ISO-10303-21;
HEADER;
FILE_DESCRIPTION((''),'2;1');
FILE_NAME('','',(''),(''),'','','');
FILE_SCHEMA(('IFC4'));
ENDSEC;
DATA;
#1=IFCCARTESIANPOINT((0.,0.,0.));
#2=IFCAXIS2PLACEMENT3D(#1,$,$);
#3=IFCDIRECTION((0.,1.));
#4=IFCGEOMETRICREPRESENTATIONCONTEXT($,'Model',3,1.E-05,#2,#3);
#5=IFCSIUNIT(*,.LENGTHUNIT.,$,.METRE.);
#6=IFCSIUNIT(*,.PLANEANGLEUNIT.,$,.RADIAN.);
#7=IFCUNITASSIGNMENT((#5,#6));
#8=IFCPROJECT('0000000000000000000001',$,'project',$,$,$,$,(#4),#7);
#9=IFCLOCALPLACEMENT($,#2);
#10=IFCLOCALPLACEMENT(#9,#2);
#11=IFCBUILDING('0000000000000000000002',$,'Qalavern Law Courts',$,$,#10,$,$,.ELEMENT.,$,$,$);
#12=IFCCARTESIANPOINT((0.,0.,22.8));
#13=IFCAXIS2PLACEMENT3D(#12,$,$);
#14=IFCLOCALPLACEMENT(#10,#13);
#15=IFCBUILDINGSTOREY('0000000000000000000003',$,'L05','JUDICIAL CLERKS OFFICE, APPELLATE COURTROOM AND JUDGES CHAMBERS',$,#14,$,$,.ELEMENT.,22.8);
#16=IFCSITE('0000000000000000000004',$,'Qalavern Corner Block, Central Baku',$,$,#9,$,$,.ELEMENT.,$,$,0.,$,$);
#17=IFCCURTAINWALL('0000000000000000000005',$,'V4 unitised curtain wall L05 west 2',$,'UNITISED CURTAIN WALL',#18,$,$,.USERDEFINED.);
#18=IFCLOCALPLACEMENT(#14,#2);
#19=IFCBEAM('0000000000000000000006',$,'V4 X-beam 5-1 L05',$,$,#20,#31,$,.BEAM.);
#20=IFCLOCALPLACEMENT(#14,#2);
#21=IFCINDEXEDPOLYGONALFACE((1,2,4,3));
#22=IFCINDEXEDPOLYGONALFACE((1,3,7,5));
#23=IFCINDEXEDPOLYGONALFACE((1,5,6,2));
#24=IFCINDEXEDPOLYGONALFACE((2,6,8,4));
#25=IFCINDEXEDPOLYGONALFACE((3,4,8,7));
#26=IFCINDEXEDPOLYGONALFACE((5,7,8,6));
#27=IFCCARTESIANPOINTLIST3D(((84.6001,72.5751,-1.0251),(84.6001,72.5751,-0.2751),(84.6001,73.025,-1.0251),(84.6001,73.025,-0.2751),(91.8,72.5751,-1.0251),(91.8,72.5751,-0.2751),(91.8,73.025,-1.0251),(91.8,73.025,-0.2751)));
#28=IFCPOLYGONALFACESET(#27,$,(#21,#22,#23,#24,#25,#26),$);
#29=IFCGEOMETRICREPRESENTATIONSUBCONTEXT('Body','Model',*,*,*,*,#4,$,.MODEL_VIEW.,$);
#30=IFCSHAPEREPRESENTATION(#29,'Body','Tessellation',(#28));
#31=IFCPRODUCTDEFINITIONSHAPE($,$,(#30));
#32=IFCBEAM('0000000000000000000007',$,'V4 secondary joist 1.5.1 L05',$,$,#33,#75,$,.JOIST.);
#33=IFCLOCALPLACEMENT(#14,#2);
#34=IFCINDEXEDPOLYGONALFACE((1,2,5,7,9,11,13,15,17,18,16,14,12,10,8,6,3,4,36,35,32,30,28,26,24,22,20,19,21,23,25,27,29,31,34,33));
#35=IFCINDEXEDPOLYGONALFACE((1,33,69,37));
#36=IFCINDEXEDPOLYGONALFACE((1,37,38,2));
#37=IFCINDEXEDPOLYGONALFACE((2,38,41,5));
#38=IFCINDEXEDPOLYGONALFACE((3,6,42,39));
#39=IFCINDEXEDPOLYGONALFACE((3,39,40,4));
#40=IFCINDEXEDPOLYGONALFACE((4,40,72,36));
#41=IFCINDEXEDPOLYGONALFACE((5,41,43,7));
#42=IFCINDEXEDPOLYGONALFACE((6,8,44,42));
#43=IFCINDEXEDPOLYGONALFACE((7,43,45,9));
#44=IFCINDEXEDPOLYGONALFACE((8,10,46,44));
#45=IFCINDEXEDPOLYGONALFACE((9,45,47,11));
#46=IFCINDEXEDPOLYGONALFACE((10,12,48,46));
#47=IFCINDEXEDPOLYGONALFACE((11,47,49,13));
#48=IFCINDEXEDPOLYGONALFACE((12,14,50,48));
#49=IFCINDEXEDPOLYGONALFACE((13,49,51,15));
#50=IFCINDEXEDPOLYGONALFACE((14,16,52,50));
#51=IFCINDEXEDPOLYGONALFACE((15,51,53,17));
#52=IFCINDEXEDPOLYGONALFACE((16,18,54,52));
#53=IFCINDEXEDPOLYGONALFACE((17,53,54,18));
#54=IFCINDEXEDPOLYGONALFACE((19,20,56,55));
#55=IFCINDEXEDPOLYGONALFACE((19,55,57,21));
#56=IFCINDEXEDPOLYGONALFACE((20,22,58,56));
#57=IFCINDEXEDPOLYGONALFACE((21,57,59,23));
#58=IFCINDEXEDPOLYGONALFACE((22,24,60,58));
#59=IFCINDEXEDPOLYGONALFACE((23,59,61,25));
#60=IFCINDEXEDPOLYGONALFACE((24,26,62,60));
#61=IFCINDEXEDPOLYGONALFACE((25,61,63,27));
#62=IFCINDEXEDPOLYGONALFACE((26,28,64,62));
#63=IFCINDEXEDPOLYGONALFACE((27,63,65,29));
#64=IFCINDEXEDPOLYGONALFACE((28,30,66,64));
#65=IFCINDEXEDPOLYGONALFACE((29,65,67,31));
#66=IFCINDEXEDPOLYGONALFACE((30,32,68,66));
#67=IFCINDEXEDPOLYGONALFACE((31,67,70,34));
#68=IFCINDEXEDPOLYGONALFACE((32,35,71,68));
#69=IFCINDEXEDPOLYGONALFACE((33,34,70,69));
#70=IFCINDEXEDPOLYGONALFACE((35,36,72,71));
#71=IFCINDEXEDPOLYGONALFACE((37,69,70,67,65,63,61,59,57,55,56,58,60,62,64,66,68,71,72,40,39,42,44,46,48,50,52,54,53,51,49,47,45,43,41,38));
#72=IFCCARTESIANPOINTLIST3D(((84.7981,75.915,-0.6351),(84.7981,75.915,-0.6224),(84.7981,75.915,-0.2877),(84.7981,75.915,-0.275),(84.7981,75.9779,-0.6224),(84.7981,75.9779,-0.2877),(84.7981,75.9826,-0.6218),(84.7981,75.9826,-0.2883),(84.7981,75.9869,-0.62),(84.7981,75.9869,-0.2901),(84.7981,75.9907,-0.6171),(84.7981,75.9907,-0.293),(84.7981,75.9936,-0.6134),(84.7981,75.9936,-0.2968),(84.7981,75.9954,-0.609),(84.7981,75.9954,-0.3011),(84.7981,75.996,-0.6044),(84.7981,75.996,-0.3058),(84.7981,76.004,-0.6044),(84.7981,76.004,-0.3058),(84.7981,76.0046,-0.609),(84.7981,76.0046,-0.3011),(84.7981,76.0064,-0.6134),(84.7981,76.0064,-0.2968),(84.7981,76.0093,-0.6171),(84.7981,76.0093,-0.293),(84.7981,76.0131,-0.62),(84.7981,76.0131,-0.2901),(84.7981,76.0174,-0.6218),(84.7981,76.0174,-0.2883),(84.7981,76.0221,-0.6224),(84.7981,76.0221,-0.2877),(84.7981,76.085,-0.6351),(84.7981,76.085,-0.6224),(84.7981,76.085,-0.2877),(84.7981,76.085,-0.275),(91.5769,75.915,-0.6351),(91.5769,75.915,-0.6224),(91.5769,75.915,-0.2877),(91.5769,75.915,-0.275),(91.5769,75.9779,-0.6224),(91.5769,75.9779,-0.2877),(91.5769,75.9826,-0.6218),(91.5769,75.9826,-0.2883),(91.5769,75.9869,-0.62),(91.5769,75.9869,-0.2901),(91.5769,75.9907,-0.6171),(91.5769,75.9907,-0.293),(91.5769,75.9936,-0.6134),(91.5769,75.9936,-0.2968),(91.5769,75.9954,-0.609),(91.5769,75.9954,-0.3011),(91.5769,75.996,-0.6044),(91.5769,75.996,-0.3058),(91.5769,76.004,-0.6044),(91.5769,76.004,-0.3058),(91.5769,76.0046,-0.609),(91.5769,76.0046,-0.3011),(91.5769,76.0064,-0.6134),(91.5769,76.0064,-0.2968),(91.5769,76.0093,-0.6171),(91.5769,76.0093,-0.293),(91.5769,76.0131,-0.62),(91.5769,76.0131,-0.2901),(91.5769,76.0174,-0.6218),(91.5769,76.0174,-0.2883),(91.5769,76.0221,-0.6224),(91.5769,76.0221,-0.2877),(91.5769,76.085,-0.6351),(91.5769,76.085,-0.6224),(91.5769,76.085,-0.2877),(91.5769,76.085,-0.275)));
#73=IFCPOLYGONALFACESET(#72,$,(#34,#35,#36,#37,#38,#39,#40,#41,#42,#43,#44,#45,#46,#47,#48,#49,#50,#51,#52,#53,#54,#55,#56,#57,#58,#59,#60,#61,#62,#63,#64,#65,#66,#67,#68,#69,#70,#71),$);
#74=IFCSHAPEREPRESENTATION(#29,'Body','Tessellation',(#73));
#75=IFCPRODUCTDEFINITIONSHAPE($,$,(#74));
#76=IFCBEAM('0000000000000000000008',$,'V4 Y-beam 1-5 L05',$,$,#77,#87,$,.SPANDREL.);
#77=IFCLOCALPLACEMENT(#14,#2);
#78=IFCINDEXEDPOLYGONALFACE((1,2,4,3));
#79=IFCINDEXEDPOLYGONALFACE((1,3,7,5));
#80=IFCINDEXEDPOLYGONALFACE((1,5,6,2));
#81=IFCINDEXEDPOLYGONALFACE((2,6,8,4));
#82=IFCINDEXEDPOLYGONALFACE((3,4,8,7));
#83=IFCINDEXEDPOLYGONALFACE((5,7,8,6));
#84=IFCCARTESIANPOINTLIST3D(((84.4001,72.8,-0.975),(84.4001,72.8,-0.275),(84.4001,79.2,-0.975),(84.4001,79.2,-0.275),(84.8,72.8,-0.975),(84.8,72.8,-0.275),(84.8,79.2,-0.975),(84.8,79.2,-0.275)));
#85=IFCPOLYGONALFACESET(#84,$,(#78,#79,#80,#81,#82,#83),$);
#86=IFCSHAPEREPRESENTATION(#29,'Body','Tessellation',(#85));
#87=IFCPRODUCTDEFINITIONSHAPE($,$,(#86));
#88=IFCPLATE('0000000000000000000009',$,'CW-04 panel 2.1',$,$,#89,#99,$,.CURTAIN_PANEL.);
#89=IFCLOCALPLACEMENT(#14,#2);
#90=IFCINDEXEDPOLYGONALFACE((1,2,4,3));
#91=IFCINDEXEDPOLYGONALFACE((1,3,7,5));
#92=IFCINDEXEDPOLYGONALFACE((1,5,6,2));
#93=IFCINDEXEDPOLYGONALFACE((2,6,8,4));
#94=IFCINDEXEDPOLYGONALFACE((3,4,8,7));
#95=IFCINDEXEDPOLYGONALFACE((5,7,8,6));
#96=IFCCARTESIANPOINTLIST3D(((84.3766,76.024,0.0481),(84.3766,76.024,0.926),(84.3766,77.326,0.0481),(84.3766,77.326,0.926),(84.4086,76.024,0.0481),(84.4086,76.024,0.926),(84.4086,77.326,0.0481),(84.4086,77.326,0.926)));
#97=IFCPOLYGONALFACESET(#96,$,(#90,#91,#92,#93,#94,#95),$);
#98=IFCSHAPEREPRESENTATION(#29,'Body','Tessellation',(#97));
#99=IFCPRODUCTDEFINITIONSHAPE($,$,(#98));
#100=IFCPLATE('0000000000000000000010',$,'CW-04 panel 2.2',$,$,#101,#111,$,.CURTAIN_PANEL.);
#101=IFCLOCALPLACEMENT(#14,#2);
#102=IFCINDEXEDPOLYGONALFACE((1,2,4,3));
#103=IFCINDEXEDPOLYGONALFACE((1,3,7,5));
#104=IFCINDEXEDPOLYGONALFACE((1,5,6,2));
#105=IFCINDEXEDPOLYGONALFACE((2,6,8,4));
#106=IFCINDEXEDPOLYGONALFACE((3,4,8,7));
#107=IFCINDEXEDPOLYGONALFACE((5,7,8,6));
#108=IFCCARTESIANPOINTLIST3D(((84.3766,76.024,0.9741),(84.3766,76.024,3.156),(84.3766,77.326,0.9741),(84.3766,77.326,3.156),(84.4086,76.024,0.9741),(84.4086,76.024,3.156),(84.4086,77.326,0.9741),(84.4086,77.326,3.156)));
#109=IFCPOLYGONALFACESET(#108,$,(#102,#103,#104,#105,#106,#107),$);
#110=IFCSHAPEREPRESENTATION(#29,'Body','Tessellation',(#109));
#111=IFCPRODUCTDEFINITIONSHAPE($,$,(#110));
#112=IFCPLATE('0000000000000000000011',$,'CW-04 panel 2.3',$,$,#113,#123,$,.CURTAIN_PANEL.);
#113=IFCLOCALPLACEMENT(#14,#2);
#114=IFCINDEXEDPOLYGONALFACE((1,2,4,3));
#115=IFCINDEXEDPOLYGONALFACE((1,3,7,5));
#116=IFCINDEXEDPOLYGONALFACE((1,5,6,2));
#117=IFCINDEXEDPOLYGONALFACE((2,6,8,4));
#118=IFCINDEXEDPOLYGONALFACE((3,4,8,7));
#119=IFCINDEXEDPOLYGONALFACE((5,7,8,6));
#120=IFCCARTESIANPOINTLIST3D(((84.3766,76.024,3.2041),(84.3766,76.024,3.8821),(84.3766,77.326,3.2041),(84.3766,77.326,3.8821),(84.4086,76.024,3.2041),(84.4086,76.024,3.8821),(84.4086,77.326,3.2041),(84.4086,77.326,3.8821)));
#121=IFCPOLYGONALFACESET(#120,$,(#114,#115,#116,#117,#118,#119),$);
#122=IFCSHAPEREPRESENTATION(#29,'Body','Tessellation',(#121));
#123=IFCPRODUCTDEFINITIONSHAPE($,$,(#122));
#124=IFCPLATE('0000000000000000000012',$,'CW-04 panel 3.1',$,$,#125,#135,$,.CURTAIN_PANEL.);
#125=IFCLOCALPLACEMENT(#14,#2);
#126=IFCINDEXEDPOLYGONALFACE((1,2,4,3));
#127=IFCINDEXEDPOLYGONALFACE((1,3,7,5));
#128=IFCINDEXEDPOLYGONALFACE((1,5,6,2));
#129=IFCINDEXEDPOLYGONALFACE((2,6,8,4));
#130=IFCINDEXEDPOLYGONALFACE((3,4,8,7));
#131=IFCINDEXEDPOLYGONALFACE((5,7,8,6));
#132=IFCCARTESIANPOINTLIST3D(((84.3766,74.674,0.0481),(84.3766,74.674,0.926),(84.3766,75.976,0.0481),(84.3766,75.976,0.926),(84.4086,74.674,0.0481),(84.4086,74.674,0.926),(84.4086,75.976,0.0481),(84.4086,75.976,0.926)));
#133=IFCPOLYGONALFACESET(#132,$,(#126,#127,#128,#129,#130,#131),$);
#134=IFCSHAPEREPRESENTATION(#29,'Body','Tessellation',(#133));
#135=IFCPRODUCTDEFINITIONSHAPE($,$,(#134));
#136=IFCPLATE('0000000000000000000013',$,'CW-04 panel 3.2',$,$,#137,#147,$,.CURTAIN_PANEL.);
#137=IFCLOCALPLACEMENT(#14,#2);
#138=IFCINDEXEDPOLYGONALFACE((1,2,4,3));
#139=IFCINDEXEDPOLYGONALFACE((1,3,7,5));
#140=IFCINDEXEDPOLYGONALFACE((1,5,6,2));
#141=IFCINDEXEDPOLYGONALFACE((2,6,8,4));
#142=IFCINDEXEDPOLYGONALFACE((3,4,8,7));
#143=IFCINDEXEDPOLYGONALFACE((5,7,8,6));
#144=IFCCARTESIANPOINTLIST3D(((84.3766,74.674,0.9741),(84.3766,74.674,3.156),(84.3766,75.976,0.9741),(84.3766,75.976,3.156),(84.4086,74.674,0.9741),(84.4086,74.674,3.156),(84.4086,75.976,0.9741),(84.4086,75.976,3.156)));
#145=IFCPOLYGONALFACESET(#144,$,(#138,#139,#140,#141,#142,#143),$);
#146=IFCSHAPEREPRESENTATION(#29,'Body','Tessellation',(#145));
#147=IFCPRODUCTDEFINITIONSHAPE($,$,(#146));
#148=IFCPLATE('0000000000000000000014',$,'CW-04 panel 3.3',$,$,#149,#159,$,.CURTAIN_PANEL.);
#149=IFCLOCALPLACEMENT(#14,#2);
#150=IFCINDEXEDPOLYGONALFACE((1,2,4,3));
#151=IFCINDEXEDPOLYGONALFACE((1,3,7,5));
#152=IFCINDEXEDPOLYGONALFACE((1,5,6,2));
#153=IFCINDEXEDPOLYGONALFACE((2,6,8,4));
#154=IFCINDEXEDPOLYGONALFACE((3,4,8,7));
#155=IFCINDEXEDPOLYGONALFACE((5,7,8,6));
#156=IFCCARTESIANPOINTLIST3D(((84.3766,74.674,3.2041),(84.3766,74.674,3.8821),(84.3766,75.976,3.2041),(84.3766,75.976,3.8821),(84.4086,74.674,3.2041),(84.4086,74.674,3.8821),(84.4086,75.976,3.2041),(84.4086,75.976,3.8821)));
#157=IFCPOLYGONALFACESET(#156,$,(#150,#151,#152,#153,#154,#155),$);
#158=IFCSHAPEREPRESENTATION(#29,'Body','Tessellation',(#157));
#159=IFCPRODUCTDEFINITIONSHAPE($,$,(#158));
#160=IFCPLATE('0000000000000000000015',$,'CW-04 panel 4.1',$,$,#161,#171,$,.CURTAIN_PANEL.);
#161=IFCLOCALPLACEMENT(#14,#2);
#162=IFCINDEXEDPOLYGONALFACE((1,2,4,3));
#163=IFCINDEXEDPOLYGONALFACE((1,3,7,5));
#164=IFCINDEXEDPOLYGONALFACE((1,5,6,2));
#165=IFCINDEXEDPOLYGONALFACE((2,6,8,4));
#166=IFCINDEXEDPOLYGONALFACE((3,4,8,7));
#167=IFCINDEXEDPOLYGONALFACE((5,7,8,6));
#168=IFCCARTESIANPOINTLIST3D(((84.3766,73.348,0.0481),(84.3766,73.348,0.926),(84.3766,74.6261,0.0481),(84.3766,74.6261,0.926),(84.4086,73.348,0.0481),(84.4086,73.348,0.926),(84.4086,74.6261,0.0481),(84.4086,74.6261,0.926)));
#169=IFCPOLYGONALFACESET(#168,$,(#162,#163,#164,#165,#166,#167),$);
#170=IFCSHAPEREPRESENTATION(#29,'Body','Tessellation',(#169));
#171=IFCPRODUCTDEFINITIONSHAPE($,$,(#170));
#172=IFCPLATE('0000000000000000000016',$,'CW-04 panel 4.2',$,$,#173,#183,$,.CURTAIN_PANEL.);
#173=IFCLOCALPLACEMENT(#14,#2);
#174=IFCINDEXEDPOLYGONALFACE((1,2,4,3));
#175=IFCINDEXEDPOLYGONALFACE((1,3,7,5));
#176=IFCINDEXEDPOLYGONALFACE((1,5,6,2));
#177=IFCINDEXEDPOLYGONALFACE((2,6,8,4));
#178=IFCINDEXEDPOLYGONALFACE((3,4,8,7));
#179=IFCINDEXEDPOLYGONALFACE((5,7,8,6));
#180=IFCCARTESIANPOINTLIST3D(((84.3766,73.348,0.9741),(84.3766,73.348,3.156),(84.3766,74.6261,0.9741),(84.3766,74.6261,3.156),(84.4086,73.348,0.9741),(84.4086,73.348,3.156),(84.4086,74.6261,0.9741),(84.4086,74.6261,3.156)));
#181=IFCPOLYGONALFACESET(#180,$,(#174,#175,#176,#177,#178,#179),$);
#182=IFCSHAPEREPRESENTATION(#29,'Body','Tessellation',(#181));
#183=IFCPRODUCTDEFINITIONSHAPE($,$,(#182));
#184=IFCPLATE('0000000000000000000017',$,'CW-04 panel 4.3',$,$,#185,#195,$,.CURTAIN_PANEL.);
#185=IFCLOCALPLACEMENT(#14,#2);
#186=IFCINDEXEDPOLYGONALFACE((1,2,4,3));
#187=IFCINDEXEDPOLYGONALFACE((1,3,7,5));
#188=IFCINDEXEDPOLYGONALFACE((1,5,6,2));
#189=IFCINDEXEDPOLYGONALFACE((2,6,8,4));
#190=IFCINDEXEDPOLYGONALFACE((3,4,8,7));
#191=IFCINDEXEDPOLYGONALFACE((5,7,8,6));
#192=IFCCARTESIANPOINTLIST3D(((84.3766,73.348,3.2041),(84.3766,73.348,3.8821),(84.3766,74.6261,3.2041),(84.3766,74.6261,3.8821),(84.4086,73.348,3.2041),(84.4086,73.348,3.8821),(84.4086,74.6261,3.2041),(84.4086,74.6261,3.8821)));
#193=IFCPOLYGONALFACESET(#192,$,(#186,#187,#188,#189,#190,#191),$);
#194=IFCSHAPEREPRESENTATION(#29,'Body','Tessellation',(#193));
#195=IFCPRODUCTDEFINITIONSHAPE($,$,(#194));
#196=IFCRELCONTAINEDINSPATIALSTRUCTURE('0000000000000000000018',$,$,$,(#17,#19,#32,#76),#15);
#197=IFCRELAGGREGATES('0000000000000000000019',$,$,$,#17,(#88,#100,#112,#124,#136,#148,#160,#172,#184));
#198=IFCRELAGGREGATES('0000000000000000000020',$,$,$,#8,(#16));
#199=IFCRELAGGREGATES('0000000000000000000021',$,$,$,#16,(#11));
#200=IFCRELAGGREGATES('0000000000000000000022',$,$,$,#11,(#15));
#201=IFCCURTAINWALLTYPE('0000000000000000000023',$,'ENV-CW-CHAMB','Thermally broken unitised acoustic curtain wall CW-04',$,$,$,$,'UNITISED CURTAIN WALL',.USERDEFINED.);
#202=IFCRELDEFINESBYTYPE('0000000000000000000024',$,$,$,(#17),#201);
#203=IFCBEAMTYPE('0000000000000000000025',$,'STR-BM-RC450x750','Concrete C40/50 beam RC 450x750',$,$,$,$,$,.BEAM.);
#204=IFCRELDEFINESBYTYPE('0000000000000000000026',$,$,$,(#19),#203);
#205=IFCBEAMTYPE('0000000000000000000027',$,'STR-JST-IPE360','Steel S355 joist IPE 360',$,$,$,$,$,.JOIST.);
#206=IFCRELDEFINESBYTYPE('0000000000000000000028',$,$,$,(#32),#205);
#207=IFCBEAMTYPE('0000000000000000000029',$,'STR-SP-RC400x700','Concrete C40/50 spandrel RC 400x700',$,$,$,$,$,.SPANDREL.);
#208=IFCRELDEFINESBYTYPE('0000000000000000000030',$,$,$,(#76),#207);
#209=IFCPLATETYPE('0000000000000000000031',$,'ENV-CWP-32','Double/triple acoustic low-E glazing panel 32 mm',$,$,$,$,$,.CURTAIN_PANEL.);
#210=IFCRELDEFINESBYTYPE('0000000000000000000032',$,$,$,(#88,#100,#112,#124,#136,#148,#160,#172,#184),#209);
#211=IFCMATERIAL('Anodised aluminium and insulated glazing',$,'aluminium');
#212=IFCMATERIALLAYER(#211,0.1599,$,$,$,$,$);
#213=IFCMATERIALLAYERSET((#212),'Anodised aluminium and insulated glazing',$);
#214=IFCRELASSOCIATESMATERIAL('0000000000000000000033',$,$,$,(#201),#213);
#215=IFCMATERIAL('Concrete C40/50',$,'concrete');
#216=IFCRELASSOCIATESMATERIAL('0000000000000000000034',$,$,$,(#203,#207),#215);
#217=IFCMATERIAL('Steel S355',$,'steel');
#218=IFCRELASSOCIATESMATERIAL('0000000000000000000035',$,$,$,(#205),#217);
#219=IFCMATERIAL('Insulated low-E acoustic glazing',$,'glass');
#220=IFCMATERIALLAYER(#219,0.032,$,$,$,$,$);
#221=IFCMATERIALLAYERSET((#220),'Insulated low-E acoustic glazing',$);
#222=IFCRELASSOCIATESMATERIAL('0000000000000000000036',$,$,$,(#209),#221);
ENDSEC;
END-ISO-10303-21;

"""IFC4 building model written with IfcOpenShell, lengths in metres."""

from ifc_helpers import new_model, si_unit, direction, frame, origin, origin_2d, place, context, subcontext, project, spatial, rectangle, i_section, extrude, material, layer, layer_set, material_profile, profile_set, type_object, element, aggregate, save


model = new_model("IFC4")

# Units and contexts
model_context = context("Model", 3, precision=1e-05, world=origin(), true_north=direction((0.0, 1.0)))
body_context = subcontext(model_context, "Body", "Model", "MODEL_VIEW")
ifc_project = project(units=[si_unit("LENGTHUNIT", "METRE"), si_unit("PLANEANGLEUNIT", "RADIAN")], contexts=[model_context])

# Site, building, storey
site_placement = place(None, origin())
site = spatial("IfcSite", under=ifc_project, at=site_placement, Name="Qalavern Corner Block, Central Baku", CompositionType="ELEMENT", RefElevation=0.0)
building_placement = place(site_placement, origin())
building = spatial("IfcBuilding", under=site, at=building_placement, Name="Qalavern Law Courts", CompositionType="ELEMENT")
storey_placement = place(building_placement, frame((0.0, 0.0, 22.8)))
storey = spatial("IfcBuildingStorey", under=building, at=storey_placement, Name="L05", Description="JUDICIAL CLERKS OFFICE, APPELLATE COURTROOM AND JUDGES CHAMBERS", CompositionType="ELEMENT", Elevation=22.8)

# Curtain wall
ifc_material_1 = material(Name="Anodised aluminium and insulated glazing", Category="aluminium")
ifc_layer_1 = layer(ifc_material_1, 0.1599)
ifc_layer_set_1 = layer_set([ifc_layer_1], Name="Anodised aluminium and insulated glazing")
curtain_wall_type = type_object("IfcCurtainWallType", Name="ENV-CW-CHAMB", Description="Thermally broken unitised acoustic curtain wall CW-04", ElementType="UNITISED CURTAIN WALL", PredefinedType="USERDEFINED", material=ifc_layer_set_1)
curtain_wall_1_placement = place(storey_placement, origin())
curtain_wall_1 = element("IfcCurtainWall", 1, at=curtain_wall_1_placement, inside=storey, type_object=curtain_wall_type, Name="V4 unitised curtain wall L05 west 2", ObjectType="UNITISED CURTAIN WALL", PredefinedType="USERDEFINED")

# Beams
ifc_material_2 = material(Name="Concrete C40/50", Category="concrete")
ifc_material_profile_1 = material_profile(ifc_material_2, rectangle(XDim=0.45, YDim=0.75, at=origin_2d()), Name="RC 450x750")
ifc_profile_set_1 = profile_set([ifc_material_profile_1], Name="Concrete C40/50")
beam_type_1 = type_object("IfcBeamType", Name="STR-BM-RC450x750", Description="Concrete C40/50 beam RC 450x750", PredefinedType="BEAM", material=ifc_profile_set_1)
beam_1_placement = place(storey_placement, frame((84.6001, 72.8, -0.6501), z_axis=(1.0, 0.0, 0.0), x_axis=(0.0, 1.0, 0.0)))
element("IfcBeam", 2, at=beam_1_placement, inside=storey, type_object=beam_type_1, Name="V4 X-beam 5-1 L05", PredefinedType="BEAM", context=body_context, shape_type="SweptSolid", body=[
    extrude(rectangle(XDim=0.45, YDim=0.75, at=origin_2d()), origin(), (0.0, 0.0, 1.0), 7.2),
])
ifc_material_3 = material(Name="Steel S355", Category="steel")
ifc_material_profile_2 = material_profile(ifc_material_3, i_section(OverallWidth=0.1699, OverallDepth=0.3601, WebThickness=0.0081, FlangeThickness=0.0127, FilletRadius=0.0181, at=origin_2d()), Name="IPE 360")
ifc_profile_set_2 = profile_set([ifc_material_profile_2], Name="Steel S355")
beam_type_2 = type_object("IfcBeamType", Name="STR-JST-IPE360", Description="Steel S355 joist IPE 360", PredefinedType="JOIST", material=ifc_profile_set_2)
beam_2_placement = place(storey_placement, frame((84.7981, 76.0, -0.4551), z_axis=(1.0, 0.0, 0.0), x_axis=(0.0, 1.0, 0.0)))
element("IfcBeam", 3, at=beam_2_placement, inside=storey, type_object=beam_type_2, Name="V4 secondary joist 1.5.1 L05", PredefinedType="JOIST", context=body_context, shape_type="SweptSolid", body=[
    extrude(i_section(OverallWidth=0.1699, OverallDepth=0.3601, WebThickness=0.0081, FlangeThickness=0.0127, FilletRadius=0.0181, at=origin_2d()), origin(), (0.0, 0.0, 1.0), 6.7788),
])
ifc_material_profile_3 = material_profile(ifc_material_2, rectangle(XDim=0.3999, YDim=0.7, at=origin_2d()), Name="RC 400x700")
ifc_profile_set_3 = profile_set([ifc_material_profile_3], Name="Concrete C40/50")
beam_type_3 = type_object("IfcBeamType", Name="STR-SP-RC400x700", Description="Concrete C40/50 spandrel RC 400x700", PredefinedType="SPANDREL", material=ifc_profile_set_3)
beam_3_placement = place(storey_placement, frame((84.6001, 72.8, -0.625), z_axis=(0.0, 1.0, 0.0), x_axis=(-1.0, 0.0, 0.0)))
element("IfcBeam", 4, at=beam_3_placement, inside=storey, type_object=beam_type_3, Name="V4 Y-beam 1-5 L05", PredefinedType="SPANDREL", context=body_context, shape_type="SweptSolid", body=[
    extrude(rectangle(XDim=0.3999, YDim=0.7, at=origin_2d()), origin(), (0.0, 0.0, 1.0), 6.3999),
])

# Plates
ifc_material_4 = material(Name="Insulated low-E acoustic glazing", Category="glass")
ifc_layer_2 = layer(ifc_material_4, 0.032)
ifc_layer_set_2 = layer_set([ifc_layer_2], Name="Insulated low-E acoustic glazing")
plate_type_1 = type_object("IfcPlateType", Name="ENV-CWP-32", Description="Double/triple acoustic low-E glazing panel 32 mm", PredefinedType="CURTAIN_PANEL", material=ifc_layer_set_2)
plate_1_placement = place(storey_placement, frame((84.3926, 76.675, 0.0481), z_axis=(0.0, 0.0, 1.0), x_axis=(0.0, -1.0, 0.0)))
plate_1 = element("IfcPlate", 5, at=plate_1_placement, type_object=plate_type_1, Name="CW-04 panel 2.1", PredefinedType="CURTAIN_PANEL", context=body_context, shape_type="SweptSolid", body=[
    extrude(rectangle(XDim=1.302, YDim=0.032, at=origin_2d()), origin(), (0.0, 0.0, 1.0), 0.8779),
])
plate_2_placement = place(storey_placement, frame((84.3926, 76.675, 0.9741), z_axis=(0.0, 0.0, 1.0), x_axis=(0.0, -1.0, 0.0)))
plate_2 = element("IfcPlate", 6, at=plate_2_placement, type_object=plate_type_1, Name="CW-04 panel 2.2", PredefinedType="CURTAIN_PANEL", context=body_context, shape_type="SweptSolid", body=[
    extrude(rectangle(XDim=1.302, YDim=0.032, at=origin_2d()), origin(), (0.0, 0.0, 1.0), 2.1819),
])
plate_3_placement = place(storey_placement, frame((84.3926, 76.675, 3.2041), z_axis=(0.0, 0.0, 1.0), x_axis=(0.0, -1.0, 0.0)))
plate_3 = element("IfcPlate", 7, at=plate_3_placement, type_object=plate_type_1, Name="CW-04 panel 2.3", PredefinedType="CURTAIN_PANEL", context=body_context, shape_type="SweptSolid", body=[
    extrude(rectangle(XDim=1.302, YDim=0.032, at=origin_2d()), origin(), (0.0, 0.0, 1.0), 0.678),
])
plate_4_placement = place(storey_placement, frame((84.3926, 75.325, 0.0481), z_axis=(0.0, 0.0, 1.0), x_axis=(0.0, -1.0, 0.0)))
plate_4 = element("IfcPlate", 8, at=plate_4_placement, type_object=plate_type_1, Name="CW-04 panel 3.1", PredefinedType="CURTAIN_PANEL", context=body_context, shape_type="SweptSolid", body=[
    extrude(rectangle(XDim=1.302, YDim=0.032, at=origin_2d()), origin(), (0.0, 0.0, 1.0), 0.8779),
])
plate_5_placement = place(storey_placement, frame((84.3926, 75.325, 0.9741), z_axis=(0.0, 0.0, 1.0), x_axis=(0.0, -1.0, 0.0)))
plate_5 = element("IfcPlate", 9, at=plate_5_placement, type_object=plate_type_1, Name="CW-04 panel 3.2", PredefinedType="CURTAIN_PANEL", context=body_context, shape_type="SweptSolid", body=[
    extrude(rectangle(XDim=1.302, YDim=0.032, at=origin_2d()), origin(), (0.0, 0.0, 1.0), 2.1819),
])
plate_6_placement = place(storey_placement, frame((84.3926, 75.325, 3.2041), z_axis=(0.0, 0.0, 1.0), x_axis=(0.0, -1.0, 0.0)))
plate_6 = element("IfcPlate", 10, at=plate_6_placement, type_object=plate_type_1, Name="CW-04 panel 3.3", PredefinedType="CURTAIN_PANEL", context=body_context, shape_type="SweptSolid", body=[
    extrude(rectangle(XDim=1.302, YDim=0.032, at=origin_2d()), origin(), (0.0, 0.0, 1.0), 0.678),
])
plate_7_placement = place(storey_placement, frame((84.3926, 73.9871, 0.0481), z_axis=(0.0, 0.0, 1.0), x_axis=(0.0, -1.0, 0.0)))
plate_7 = element("IfcPlate", 11, at=plate_7_placement, type_object=plate_type_1, Name="CW-04 panel 4.1", PredefinedType="CURTAIN_PANEL", context=body_context, shape_type="SweptSolid", body=[
    extrude(rectangle(XDim=1.2781, YDim=0.032, at=origin_2d()), origin(), (0.0, 0.0, 1.0), 0.8779),
])
plate_8_placement = place(storey_placement, frame((84.3926, 73.9871, 0.9741), z_axis=(0.0, 0.0, 1.0), x_axis=(0.0, -1.0, 0.0)))
plate_8 = element("IfcPlate", 12, at=plate_8_placement, type_object=plate_type_1, Name="CW-04 panel 4.2", PredefinedType="CURTAIN_PANEL", context=body_context, shape_type="SweptSolid", body=[
    extrude(rectangle(XDim=1.2781, YDim=0.032, at=origin_2d()), origin(), (0.0, 0.0, 1.0), 2.1819),
])
plate_9_placement = place(storey_placement, frame((84.3926, 73.9871, 3.2041), z_axis=(0.0, 0.0, 1.0), x_axis=(0.0, -1.0, 0.0)))
plate_9 = element("IfcPlate", 13, at=plate_9_placement, type_object=plate_type_1, Name="CW-04 panel 4.3", PredefinedType="CURTAIN_PANEL", context=body_context, shape_type="SweptSolid", body=[
    extrude(rectangle(XDim=1.2781, YDim=0.032, at=origin_2d()), origin(), (0.0, 0.0, 1.0), 0.678),
])
aggregate(curtain_wall_1, [plate_1, plate_2, plate_3, plate_4, plate_5, plate_6, plate_7, plate_8, plate_9])

save(model, "model.ifc")
